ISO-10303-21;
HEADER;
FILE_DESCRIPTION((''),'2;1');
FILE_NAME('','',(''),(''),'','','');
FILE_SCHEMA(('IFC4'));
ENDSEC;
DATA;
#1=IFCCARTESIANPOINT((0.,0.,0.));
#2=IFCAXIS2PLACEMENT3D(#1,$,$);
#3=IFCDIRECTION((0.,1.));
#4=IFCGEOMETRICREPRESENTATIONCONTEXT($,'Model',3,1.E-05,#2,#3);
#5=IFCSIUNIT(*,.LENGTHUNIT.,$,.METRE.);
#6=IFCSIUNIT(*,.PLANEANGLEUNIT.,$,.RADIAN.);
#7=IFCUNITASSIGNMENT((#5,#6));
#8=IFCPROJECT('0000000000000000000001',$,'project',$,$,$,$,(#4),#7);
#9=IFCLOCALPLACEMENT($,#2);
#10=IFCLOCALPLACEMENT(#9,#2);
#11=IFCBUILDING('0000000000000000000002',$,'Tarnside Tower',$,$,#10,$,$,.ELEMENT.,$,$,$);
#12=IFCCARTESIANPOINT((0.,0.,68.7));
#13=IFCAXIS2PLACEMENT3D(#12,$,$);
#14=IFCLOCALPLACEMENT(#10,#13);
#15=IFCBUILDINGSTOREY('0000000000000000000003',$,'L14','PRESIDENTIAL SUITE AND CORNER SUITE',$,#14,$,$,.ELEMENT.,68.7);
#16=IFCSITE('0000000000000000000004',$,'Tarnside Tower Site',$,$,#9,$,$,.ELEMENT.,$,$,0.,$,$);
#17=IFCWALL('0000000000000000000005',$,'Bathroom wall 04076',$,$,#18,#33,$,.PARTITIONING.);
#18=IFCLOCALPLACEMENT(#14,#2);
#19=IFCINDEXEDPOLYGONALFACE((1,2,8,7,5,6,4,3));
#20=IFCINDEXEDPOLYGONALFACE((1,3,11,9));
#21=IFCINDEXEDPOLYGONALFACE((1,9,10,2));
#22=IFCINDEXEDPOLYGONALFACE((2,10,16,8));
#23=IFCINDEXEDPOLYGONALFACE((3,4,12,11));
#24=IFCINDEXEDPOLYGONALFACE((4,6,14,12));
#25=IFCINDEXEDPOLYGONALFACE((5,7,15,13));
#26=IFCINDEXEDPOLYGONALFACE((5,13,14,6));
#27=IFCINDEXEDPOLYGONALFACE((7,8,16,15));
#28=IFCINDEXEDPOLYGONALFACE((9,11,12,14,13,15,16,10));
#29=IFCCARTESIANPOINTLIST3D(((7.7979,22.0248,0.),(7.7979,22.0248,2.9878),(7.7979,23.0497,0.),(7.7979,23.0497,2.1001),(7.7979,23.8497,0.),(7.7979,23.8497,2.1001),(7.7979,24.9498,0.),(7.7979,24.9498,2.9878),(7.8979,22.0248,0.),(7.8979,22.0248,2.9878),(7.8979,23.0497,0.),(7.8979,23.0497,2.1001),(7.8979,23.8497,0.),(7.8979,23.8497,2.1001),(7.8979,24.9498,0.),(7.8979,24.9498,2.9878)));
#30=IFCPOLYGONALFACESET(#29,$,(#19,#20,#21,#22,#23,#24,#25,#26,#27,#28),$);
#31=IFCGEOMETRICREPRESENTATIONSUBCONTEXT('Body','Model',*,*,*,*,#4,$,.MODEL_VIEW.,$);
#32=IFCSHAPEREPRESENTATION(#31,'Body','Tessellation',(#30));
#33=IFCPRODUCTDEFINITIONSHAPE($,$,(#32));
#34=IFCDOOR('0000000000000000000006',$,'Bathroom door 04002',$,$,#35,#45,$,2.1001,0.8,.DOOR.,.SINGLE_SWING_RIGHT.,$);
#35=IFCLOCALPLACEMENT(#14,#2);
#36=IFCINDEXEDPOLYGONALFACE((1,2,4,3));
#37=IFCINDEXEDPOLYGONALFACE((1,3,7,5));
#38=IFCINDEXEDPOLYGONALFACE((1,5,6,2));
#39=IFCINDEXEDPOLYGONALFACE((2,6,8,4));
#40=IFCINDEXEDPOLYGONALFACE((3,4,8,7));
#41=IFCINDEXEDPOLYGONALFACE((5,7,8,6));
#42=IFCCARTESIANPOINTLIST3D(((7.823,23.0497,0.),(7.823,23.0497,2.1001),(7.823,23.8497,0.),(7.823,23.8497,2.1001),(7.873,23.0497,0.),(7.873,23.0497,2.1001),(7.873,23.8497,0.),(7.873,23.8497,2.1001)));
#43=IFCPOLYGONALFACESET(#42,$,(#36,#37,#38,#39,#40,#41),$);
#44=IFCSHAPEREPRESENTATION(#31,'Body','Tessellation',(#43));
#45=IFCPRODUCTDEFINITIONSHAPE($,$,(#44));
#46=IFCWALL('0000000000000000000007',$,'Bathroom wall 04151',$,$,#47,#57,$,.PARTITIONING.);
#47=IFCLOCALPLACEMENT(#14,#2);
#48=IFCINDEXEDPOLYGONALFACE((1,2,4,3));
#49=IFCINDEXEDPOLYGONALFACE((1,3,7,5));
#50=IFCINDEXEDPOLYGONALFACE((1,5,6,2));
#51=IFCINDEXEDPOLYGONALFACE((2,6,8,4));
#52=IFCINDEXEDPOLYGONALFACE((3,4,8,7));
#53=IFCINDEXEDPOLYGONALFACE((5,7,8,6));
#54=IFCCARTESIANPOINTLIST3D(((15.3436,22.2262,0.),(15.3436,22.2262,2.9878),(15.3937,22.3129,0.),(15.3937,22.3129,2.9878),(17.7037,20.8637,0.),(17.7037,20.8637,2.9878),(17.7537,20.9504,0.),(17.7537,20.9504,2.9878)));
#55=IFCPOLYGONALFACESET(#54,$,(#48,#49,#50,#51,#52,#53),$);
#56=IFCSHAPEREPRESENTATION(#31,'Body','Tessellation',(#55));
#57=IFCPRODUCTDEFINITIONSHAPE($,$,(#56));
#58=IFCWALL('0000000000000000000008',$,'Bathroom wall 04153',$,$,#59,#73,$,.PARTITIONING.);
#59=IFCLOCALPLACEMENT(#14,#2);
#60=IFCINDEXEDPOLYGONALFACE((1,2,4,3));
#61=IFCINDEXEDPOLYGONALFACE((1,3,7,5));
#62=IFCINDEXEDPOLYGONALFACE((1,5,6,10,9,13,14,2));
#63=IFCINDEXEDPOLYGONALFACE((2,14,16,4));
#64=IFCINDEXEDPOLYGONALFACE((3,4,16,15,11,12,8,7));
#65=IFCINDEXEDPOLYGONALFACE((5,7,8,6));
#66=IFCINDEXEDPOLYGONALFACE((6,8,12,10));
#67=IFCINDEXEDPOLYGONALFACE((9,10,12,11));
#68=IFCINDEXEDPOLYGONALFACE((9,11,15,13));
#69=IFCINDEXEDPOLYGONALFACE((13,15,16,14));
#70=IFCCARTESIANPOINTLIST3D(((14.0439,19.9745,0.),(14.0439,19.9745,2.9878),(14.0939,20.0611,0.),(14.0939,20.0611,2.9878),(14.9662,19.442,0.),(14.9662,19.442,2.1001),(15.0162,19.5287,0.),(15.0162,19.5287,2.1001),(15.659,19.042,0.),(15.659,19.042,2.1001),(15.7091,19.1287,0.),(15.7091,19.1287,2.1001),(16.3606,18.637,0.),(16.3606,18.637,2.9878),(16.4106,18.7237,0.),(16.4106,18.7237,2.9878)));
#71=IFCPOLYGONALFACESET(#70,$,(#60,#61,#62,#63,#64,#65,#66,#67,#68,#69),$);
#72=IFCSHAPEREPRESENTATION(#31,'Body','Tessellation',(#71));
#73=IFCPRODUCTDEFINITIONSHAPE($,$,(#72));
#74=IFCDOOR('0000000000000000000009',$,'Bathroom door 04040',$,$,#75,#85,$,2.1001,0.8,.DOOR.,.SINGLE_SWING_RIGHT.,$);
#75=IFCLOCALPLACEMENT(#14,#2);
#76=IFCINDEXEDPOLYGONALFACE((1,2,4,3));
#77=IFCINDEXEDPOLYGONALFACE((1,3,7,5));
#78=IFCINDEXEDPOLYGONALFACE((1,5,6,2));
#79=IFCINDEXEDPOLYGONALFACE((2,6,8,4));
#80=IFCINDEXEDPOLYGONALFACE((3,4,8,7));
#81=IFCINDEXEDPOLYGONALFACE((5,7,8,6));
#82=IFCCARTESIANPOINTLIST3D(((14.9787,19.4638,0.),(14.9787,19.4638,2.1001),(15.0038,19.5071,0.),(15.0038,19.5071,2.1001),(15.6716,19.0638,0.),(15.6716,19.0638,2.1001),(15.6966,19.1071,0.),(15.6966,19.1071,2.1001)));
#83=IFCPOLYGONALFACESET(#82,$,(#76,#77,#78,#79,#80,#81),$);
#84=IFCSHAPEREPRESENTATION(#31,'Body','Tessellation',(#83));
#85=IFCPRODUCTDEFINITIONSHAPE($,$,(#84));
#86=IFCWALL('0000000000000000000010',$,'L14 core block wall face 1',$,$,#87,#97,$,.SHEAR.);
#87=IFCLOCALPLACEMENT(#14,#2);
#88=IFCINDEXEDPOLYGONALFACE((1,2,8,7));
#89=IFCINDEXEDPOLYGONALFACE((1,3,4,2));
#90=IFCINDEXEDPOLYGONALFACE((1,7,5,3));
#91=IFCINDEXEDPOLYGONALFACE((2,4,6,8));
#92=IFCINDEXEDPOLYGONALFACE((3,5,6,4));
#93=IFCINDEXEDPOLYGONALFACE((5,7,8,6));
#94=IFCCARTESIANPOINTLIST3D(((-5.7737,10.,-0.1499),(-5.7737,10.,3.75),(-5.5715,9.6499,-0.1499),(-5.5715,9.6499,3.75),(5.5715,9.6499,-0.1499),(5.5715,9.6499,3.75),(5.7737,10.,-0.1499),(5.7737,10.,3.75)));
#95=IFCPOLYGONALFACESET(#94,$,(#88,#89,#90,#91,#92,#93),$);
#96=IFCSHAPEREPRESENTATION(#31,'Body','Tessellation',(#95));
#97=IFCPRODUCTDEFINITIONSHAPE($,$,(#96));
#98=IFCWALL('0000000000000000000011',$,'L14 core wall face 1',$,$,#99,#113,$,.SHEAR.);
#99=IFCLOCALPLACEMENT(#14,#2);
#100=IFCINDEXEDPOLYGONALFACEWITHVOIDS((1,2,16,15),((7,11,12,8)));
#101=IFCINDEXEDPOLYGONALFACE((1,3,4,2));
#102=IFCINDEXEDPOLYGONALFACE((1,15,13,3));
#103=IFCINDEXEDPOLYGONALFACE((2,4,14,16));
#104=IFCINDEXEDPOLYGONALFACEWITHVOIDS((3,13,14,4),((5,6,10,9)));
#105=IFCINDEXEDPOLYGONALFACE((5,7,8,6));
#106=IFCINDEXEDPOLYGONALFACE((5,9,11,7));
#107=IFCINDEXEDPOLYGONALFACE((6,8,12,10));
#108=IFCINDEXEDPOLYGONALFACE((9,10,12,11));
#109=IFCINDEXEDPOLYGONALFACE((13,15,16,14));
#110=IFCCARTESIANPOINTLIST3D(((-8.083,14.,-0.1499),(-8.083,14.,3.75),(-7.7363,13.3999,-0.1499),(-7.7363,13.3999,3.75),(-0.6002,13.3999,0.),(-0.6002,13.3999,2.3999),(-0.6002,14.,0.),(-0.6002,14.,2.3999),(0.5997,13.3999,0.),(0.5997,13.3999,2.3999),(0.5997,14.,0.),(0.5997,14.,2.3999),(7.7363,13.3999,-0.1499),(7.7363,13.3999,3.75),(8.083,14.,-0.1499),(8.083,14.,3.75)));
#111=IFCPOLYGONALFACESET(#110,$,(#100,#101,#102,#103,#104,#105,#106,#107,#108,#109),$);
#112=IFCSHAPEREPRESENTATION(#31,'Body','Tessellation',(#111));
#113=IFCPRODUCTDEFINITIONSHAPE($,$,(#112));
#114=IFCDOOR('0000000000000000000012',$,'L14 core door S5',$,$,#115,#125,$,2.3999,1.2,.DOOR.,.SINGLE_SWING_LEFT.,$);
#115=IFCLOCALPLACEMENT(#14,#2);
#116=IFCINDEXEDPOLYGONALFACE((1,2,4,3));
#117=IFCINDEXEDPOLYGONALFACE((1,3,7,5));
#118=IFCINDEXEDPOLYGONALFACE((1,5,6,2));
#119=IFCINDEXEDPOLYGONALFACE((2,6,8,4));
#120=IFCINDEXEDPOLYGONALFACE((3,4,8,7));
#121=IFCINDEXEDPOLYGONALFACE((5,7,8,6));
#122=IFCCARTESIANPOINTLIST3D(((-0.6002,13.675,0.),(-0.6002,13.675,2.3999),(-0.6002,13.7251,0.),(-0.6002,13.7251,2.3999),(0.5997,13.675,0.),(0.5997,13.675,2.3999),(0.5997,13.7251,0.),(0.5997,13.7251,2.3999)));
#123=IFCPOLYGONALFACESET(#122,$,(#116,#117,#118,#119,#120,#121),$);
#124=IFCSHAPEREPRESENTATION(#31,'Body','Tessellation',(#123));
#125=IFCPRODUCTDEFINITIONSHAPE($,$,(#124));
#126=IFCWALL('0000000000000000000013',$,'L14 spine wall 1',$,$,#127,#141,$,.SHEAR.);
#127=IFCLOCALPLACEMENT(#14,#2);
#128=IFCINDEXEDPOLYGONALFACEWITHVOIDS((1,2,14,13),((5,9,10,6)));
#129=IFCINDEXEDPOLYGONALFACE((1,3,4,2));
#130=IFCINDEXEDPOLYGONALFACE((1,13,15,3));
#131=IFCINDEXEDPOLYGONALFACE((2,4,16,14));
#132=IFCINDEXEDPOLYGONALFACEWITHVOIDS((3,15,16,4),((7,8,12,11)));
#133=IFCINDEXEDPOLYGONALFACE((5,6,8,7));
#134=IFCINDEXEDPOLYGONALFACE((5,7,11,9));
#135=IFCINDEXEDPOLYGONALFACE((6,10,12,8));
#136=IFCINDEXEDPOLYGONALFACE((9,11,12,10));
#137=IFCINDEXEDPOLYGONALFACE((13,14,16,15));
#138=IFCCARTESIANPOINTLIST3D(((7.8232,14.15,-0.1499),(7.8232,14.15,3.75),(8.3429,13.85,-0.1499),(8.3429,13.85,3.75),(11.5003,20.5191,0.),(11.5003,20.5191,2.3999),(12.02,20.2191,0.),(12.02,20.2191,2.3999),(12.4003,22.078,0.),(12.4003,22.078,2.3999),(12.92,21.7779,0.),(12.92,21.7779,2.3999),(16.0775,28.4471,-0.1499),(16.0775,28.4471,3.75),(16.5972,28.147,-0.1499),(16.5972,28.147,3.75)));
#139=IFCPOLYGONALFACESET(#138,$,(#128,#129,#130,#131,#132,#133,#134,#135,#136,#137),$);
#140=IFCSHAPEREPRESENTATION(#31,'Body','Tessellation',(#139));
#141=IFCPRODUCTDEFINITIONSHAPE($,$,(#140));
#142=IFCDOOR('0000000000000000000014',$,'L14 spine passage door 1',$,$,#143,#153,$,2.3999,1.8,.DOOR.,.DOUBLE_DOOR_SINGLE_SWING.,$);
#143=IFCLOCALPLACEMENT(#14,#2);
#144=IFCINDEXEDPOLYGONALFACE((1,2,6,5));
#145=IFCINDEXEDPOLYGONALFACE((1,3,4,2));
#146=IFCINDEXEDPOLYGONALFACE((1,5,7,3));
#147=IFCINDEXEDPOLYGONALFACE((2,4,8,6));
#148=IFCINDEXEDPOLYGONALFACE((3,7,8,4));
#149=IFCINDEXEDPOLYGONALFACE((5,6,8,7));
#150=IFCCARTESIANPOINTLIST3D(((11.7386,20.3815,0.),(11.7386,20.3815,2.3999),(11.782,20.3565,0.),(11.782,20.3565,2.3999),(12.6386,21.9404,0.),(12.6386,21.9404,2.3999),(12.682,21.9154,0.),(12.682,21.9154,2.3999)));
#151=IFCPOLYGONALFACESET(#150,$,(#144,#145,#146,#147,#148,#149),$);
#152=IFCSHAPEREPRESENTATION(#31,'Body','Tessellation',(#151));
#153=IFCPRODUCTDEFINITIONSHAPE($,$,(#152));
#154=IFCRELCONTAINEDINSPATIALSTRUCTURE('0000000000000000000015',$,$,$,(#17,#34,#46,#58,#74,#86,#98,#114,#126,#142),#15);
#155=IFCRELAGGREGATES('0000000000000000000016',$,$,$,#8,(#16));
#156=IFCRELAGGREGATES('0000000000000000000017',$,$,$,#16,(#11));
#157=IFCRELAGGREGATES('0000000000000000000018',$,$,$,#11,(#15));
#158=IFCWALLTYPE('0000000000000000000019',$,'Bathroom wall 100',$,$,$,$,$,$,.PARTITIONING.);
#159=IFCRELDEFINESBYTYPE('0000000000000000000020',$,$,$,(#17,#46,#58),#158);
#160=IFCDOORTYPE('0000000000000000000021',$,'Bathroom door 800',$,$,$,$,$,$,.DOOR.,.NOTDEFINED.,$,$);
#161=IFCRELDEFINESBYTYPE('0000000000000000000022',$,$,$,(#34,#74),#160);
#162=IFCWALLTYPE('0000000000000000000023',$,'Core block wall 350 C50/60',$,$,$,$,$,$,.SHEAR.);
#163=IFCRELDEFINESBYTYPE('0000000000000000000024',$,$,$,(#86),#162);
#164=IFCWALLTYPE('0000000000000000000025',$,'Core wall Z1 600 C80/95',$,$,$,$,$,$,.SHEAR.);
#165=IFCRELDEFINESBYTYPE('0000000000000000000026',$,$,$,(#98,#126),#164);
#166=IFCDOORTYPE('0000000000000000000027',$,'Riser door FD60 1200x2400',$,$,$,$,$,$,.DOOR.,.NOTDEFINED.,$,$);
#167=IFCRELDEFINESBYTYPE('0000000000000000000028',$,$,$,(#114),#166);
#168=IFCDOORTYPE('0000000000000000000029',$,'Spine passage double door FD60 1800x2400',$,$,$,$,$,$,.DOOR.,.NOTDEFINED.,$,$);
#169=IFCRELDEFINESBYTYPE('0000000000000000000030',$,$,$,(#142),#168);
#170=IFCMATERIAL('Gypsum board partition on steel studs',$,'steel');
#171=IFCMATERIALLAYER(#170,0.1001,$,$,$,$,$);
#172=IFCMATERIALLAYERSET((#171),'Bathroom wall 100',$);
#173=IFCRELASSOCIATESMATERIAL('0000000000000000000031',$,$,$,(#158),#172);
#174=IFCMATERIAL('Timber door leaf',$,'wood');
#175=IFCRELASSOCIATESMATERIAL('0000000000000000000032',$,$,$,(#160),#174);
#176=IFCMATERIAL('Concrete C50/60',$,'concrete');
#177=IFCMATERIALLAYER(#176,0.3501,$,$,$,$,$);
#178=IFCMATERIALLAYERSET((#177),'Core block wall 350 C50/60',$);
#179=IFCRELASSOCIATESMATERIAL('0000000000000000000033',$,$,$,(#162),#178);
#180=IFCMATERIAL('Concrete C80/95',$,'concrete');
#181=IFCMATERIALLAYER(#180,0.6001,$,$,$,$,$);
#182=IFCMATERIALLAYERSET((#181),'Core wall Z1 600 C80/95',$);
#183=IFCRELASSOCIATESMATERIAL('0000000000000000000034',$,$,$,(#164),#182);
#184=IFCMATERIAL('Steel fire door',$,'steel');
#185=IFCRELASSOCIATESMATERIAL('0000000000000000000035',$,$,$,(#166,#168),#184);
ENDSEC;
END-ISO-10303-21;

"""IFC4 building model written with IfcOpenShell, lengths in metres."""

from ifc_helpers import new_model, si_unit, direction, frame, frame_2d, origin, place, context, subcontext, project, spatial, polyline, rectangle, outline, extrude, material, layer, layer_set, type_object, element, fill, save


model = new_model("IFC4")

# Units and contexts
model_context = context("Model", 3, precision=1e-05, world=origin(), true_north=direction((0.0, 1.0)))
body_context = subcontext(model_context, "Body", "Model", "MODEL_VIEW")
ifc_project = project(units=[si_unit("LENGTHUNIT", "METRE"), si_unit("PLANEANGLEUNIT", "RADIAN")], contexts=[model_context])

# Site, building, storey
site_placement = place(None, origin())
site = spatial("IfcSite", under=ifc_project, at=site_placement, Name="Tarnside Tower Site", CompositionType="ELEMENT", RefElevation=0.0)
building_placement = place(site_placement, origin())
building = spatial("IfcBuilding", under=site, at=building_placement, Name="Tarnside Tower", CompositionType="ELEMENT")
storey_placement = place(building_placement, frame((0.0, 0.0, 68.7)))
storey = spatial("IfcBuildingStorey", under=building, at=storey_placement, Name="L14", Description="PRESIDENTIAL SUITE AND CORNER SUITE", CompositionType="ELEMENT", Elevation=68.7)

# Wall, opening, door
ifc_material_1 = material(Name="Gypsum board partition on steel studs", Category="steel")
ifc_layer_1 = layer(ifc_material_1, 0.1001)
ifc_layer_set_1 = layer_set([ifc_layer_1], Name="Bathroom wall 100")
wall_type_1 = type_object("IfcWallType", Name="Bathroom wall 100", PredefinedType="PARTITIONING", material=ifc_layer_set_1)
wall_1_placement = place(storey_placement, frame((7.8479, 22.0249, 0.0), z_axis=(0.0, 0.0, 1.0), x_axis=(0.0, 1.0, 0.0)))
wall_1 = element("IfcWall", 1, at=wall_1_placement, inside=storey, type_object=wall_type_1, Name="Bathroom wall 04076", PredefinedType="PARTITIONING", context=body_context, shape_type="SweptSolid", body=[
    extrude(rectangle(XDim=2.925, YDim=0.1001, at=frame_2d((1.4624, 0.0))), origin(), (0.0, 0.0, 1.0), 2.9878),
])
opening_1_placement = place(wall_1_placement, frame((1.0249, 0.0, 0.0)))
opening_1 = element("IfcOpeningElement", 2, at=opening_1_placement, cuts=wall_1, PredefinedType="OPENING", context=body_context, shape_type="SweptSolid", body=[
    extrude(rectangle(XDim=0.8, YDim=2.1001, at=frame_2d((0.3999, 1.05))), frame((0.0, 0.0601, 0.0), z_axis=(0.0, -1.0, 0.0), x_axis=(1.0, 0.0, 0.0)), (0.0, 0.0, 1.0), 0.1201),
])
ifc_material_2 = material(Name="Timber door leaf", Category="wood")
door_type_1 = type_object("IfcDoorType", Name="Bathroom door 800", OperationType="NOTDEFINED", PredefinedType="DOOR", material=ifc_material_2)
door_1_placement = place(opening_1_placement, origin())
door_1 = element("IfcDoor", 3, at=door_1_placement, inside=storey, type_object=door_type_1, Name="Bathroom door 04002", OperationType="SINGLE_SWING_RIGHT", OverallHeight=2.1001, OverallWidth=0.8, PredefinedType="DOOR", context=body_context, shape_type="SweptSolid", body=[
    extrude(rectangle(XDim=0.8, YDim=2.1001, at=frame_2d((0.3999, 1.05))), frame((0.0, 0.0249, 0.0), z_axis=(0.0, -1.0, 0.0), x_axis=(1.0, 0.0, 0.0)), (0.0, 0.0, 1.0), 0.05),
])
fill(opening_1, door_1)

# Wall
wall_2_placement = place(storey_placement, frame((15.3687, 22.2695, 0.0), z_axis=(0.0, 0.0, 1.0), x_axis=(0.866035, -0.499984, 0.0)))
element("IfcWall", 4, at=wall_2_placement, inside=storey, type_object=wall_type_1, Name="Bathroom wall 04151", PredefinedType="PARTITIONING", context=body_context, shape_type="SweptSolid", body=[
    extrude(rectangle(XDim=2.7251, YDim=0.1001, at=frame_2d((1.3625, 0.0))), origin(), (0.0, 0.0, 1.0), 2.9878),
])

# Wall, opening, door
wall_3_placement = place(storey_placement, frame((16.3855, 18.6804, 0.0), z_axis=(0.0, 0.0, 1.0), x_axis=(-0.866044, 0.499967, 0.0)))
wall_3 = element("IfcWall", 5, at=wall_3_placement, inside=storey, type_object=wall_type_1, Name="Bathroom wall 04153", PredefinedType="PARTITIONING", context=body_context, shape_type="SweptSolid", body=[
    extrude(rectangle(XDim=2.675, YDim=0.1001, at=frame_2d((1.3374, 0.0))), origin(), (0.0, 0.0, 1.0), 2.9878),
])
opening_2_placement = place(wall_3_placement, frame((0.8101, 0.0, 0.0)))
opening_2 = element("IfcOpeningElement", 6, at=opening_2_placement, cuts=wall_3, PredefinedType="OPENING", context=body_context, shape_type="SweptSolid", body=[
    extrude(rectangle(XDim=0.8, YDim=2.1001, at=frame_2d((0.3999, 1.05))), frame((0.0, 0.0601, 0.0), z_axis=(0.0, -1.0, 0.0), x_axis=(1.0, 0.0, 0.0)), (0.0, 0.0, 1.0), 0.1201),
])
door_2_placement = place(opening_2_placement, origin())
door_2 = element("IfcDoor", 7, at=door_2_placement, inside=storey, type_object=door_type_1, Name="Bathroom door 04040", OperationType="SINGLE_SWING_RIGHT", OverallHeight=2.1001, OverallWidth=0.8, PredefinedType="DOOR", context=body_context, shape_type="SweptSolid", body=[
    extrude(rectangle(XDim=0.8, YDim=2.1001, at=frame_2d((0.3999, 1.05))), frame((0.0, 0.0249, 0.0), z_axis=(0.0, -1.0, 0.0), x_axis=(1.0, 0.0, 0.0)), (0.0, 0.0, 1.0), 0.05),
])
fill(opening_2, door_2)

# Wall
ifc_material_3 = material(Name="Concrete C50/60", Category="concrete")
ifc_layer_2 = layer(ifc_material_3, 0.3501)
ifc_layer_set_2 = layer_set([ifc_layer_2], Name="Core block wall 350 C50/60")
wall_type_2 = type_object("IfcWallType", Name="Core block wall 350 C50/60", PredefinedType="SHEAR", material=ifc_layer_set_2)
wall_4_placement = place(storey_placement, frame((5.6726, 9.825, -0.1499), z_axis=(0.0, 0.0, 1.0), x_axis=(-1.0, 0.0, 0.0)))
element("IfcWall", 8, at=wall_4_placement, inside=storey, type_object=wall_type_2, Name="L14 core block wall face 1", PredefinedType="SHEAR", context=body_context, shape_type="SweptSolid", body=[
    extrude(outline(polyline([(-0.1011, -0.175), (11.4463, -0.175), (11.2441, 0.175), (0.1011, 0.175), (-0.1011, -0.175)])), origin(), (0.0, 0.0, 1.0), 3.8999),
])

# Walls, openings, doors
ifc_material_4 = material(Name="Concrete C80/95", Category="concrete")
ifc_layer_3 = layer(ifc_material_4, 0.6001)
ifc_layer_set_3 = layer_set([ifc_layer_3], Name="Core wall Z1 600 C80/95")
wall_type_3 = type_object("IfcWallType", Name="Core wall Z1 600 C80/95", PredefinedType="SHEAR", material=ifc_layer_set_3)
wall_5_placement = place(storey_placement, frame((7.9097, 13.7, -0.1499), z_axis=(0.0, 0.0, 1.0), x_axis=(-1.0, 0.0, 0.0)))
wall_5 = element("IfcWall", 9, at=wall_5_placement, inside=storey, type_object=wall_type_3, Name="L14 core wall face 1", PredefinedType="SHEAR", context=body_context, shape_type="SweptSolid", body=[
    extrude(outline(polyline([(-0.1733, -0.3), (15.9927, -0.3), (15.646, 0.3), (0.1733, 0.3), (-0.1733, -0.3)])), origin(), (0.0, 0.0, 1.0), 3.8999),
])
opening_3_placement = place(wall_5_placement, frame((7.3098, 0.0, 0.1499)))
opening_3 = element("IfcOpeningElement", 10, at=opening_3_placement, cuts=wall_5, PredefinedType="OPENING", context=body_context, shape_type="SweptSolid", body=[
    extrude(rectangle(XDim=1.2, YDim=2.3999, at=frame_2d((0.6001, 1.2))), frame((0.0, 0.3101, 0.0), z_axis=(0.0, -1.0, 0.0), x_axis=(1.0, 0.0, 0.0)), (0.0, 0.0, 1.0), 0.6201),
])
ifc_material_5 = material(Name="Steel fire door", Category="steel")
door_type_2 = type_object("IfcDoorType", Name="Riser door FD60 1200x2400", OperationType="NOTDEFINED", PredefinedType="DOOR", material=ifc_material_5)
door_3_placement = place(opening_3_placement, origin())
door_3 = element("IfcDoor", 11, at=door_3_placement, inside=storey, type_object=door_type_2, Name="L14 core door S5", OperationType="SINGLE_SWING_LEFT", OverallHeight=2.3999, OverallWidth=1.2, PredefinedType="DOOR", context=body_context, shape_type="SweptSolid", body=[
    extrude(rectangle(XDim=1.2, YDim=2.3999, at=frame_2d((0.6001, 1.2))), frame((0.0, 0.0249, 0.0), z_axis=(0.0, -1.0, 0.0), x_axis=(1.0, 0.0, 0.0)), (0.0, 0.0, 1.0), 0.05),
])
fill(opening_3, door_3)
wall_6_placement = place(storey_placement, frame((8.083, 14.0, -0.1499), z_axis=(0.0, 0.0, 1.0), x_axis=(0.499998, 0.866027, 0.0)))
wall_6 = element("IfcWall", 12, at=wall_6_placement, inside=storey, type_object=wall_type_3, Name="L14 spine wall 1", PredefinedType="SHEAR", context=body_context, shape_type="SweptSolid", body=[
    extrude(rectangle(XDim=16.5088, YDim=0.6001, at=frame_2d((8.2544, 0.0))), origin(), (0.0, 0.0, 1.0), 3.8999),
])
opening_4_placement = place(wall_6_placement, frame((7.3545, 0.0, 0.1499)))
opening_4 = element("IfcOpeningElement", 13, at=opening_4_placement, cuts=wall_6, PredefinedType="OPENING", context=body_context, shape_type="SweptSolid", body=[
    extrude(rectangle(XDim=1.8, YDim=2.3999, at=frame_2d((0.8999, 1.2))), frame((0.0, 0.3101, 0.0), z_axis=(0.0, -1.0, 0.0), x_axis=(1.0, 0.0, 0.0)), (0.0, 0.0, 1.0), 0.6201),
])
door_type_3 = type_object("IfcDoorType", Name="Spine passage double door FD60 1800x2400", OperationType="NOTDEFINED", PredefinedType="DOOR", material=ifc_material_5)
door_4_placement = place(opening_4_placement, origin())
door_4 = element("IfcDoor", 14, at=door_4_placement, inside=storey, type_object=door_type_3, Name="L14 spine passage door 1", OperationType="DOUBLE_DOOR_SINGLE_SWING", OverallHeight=2.3999, OverallWidth=1.8, PredefinedType="DOOR", context=body_context, shape_type="SweptSolid", body=[
    extrude(rectangle(XDim=1.8, YDim=2.3999, at=frame_2d((0.8999, 1.2))), frame((0.0, 0.0249, 0.0), z_axis=(0.0, -1.0, 0.0), x_axis=(1.0, 0.0, 0.0)), (0.0, 0.0, 1.0), 0.05),
])
fill(opening_4, door_4)

save(model, "model.ifc")
